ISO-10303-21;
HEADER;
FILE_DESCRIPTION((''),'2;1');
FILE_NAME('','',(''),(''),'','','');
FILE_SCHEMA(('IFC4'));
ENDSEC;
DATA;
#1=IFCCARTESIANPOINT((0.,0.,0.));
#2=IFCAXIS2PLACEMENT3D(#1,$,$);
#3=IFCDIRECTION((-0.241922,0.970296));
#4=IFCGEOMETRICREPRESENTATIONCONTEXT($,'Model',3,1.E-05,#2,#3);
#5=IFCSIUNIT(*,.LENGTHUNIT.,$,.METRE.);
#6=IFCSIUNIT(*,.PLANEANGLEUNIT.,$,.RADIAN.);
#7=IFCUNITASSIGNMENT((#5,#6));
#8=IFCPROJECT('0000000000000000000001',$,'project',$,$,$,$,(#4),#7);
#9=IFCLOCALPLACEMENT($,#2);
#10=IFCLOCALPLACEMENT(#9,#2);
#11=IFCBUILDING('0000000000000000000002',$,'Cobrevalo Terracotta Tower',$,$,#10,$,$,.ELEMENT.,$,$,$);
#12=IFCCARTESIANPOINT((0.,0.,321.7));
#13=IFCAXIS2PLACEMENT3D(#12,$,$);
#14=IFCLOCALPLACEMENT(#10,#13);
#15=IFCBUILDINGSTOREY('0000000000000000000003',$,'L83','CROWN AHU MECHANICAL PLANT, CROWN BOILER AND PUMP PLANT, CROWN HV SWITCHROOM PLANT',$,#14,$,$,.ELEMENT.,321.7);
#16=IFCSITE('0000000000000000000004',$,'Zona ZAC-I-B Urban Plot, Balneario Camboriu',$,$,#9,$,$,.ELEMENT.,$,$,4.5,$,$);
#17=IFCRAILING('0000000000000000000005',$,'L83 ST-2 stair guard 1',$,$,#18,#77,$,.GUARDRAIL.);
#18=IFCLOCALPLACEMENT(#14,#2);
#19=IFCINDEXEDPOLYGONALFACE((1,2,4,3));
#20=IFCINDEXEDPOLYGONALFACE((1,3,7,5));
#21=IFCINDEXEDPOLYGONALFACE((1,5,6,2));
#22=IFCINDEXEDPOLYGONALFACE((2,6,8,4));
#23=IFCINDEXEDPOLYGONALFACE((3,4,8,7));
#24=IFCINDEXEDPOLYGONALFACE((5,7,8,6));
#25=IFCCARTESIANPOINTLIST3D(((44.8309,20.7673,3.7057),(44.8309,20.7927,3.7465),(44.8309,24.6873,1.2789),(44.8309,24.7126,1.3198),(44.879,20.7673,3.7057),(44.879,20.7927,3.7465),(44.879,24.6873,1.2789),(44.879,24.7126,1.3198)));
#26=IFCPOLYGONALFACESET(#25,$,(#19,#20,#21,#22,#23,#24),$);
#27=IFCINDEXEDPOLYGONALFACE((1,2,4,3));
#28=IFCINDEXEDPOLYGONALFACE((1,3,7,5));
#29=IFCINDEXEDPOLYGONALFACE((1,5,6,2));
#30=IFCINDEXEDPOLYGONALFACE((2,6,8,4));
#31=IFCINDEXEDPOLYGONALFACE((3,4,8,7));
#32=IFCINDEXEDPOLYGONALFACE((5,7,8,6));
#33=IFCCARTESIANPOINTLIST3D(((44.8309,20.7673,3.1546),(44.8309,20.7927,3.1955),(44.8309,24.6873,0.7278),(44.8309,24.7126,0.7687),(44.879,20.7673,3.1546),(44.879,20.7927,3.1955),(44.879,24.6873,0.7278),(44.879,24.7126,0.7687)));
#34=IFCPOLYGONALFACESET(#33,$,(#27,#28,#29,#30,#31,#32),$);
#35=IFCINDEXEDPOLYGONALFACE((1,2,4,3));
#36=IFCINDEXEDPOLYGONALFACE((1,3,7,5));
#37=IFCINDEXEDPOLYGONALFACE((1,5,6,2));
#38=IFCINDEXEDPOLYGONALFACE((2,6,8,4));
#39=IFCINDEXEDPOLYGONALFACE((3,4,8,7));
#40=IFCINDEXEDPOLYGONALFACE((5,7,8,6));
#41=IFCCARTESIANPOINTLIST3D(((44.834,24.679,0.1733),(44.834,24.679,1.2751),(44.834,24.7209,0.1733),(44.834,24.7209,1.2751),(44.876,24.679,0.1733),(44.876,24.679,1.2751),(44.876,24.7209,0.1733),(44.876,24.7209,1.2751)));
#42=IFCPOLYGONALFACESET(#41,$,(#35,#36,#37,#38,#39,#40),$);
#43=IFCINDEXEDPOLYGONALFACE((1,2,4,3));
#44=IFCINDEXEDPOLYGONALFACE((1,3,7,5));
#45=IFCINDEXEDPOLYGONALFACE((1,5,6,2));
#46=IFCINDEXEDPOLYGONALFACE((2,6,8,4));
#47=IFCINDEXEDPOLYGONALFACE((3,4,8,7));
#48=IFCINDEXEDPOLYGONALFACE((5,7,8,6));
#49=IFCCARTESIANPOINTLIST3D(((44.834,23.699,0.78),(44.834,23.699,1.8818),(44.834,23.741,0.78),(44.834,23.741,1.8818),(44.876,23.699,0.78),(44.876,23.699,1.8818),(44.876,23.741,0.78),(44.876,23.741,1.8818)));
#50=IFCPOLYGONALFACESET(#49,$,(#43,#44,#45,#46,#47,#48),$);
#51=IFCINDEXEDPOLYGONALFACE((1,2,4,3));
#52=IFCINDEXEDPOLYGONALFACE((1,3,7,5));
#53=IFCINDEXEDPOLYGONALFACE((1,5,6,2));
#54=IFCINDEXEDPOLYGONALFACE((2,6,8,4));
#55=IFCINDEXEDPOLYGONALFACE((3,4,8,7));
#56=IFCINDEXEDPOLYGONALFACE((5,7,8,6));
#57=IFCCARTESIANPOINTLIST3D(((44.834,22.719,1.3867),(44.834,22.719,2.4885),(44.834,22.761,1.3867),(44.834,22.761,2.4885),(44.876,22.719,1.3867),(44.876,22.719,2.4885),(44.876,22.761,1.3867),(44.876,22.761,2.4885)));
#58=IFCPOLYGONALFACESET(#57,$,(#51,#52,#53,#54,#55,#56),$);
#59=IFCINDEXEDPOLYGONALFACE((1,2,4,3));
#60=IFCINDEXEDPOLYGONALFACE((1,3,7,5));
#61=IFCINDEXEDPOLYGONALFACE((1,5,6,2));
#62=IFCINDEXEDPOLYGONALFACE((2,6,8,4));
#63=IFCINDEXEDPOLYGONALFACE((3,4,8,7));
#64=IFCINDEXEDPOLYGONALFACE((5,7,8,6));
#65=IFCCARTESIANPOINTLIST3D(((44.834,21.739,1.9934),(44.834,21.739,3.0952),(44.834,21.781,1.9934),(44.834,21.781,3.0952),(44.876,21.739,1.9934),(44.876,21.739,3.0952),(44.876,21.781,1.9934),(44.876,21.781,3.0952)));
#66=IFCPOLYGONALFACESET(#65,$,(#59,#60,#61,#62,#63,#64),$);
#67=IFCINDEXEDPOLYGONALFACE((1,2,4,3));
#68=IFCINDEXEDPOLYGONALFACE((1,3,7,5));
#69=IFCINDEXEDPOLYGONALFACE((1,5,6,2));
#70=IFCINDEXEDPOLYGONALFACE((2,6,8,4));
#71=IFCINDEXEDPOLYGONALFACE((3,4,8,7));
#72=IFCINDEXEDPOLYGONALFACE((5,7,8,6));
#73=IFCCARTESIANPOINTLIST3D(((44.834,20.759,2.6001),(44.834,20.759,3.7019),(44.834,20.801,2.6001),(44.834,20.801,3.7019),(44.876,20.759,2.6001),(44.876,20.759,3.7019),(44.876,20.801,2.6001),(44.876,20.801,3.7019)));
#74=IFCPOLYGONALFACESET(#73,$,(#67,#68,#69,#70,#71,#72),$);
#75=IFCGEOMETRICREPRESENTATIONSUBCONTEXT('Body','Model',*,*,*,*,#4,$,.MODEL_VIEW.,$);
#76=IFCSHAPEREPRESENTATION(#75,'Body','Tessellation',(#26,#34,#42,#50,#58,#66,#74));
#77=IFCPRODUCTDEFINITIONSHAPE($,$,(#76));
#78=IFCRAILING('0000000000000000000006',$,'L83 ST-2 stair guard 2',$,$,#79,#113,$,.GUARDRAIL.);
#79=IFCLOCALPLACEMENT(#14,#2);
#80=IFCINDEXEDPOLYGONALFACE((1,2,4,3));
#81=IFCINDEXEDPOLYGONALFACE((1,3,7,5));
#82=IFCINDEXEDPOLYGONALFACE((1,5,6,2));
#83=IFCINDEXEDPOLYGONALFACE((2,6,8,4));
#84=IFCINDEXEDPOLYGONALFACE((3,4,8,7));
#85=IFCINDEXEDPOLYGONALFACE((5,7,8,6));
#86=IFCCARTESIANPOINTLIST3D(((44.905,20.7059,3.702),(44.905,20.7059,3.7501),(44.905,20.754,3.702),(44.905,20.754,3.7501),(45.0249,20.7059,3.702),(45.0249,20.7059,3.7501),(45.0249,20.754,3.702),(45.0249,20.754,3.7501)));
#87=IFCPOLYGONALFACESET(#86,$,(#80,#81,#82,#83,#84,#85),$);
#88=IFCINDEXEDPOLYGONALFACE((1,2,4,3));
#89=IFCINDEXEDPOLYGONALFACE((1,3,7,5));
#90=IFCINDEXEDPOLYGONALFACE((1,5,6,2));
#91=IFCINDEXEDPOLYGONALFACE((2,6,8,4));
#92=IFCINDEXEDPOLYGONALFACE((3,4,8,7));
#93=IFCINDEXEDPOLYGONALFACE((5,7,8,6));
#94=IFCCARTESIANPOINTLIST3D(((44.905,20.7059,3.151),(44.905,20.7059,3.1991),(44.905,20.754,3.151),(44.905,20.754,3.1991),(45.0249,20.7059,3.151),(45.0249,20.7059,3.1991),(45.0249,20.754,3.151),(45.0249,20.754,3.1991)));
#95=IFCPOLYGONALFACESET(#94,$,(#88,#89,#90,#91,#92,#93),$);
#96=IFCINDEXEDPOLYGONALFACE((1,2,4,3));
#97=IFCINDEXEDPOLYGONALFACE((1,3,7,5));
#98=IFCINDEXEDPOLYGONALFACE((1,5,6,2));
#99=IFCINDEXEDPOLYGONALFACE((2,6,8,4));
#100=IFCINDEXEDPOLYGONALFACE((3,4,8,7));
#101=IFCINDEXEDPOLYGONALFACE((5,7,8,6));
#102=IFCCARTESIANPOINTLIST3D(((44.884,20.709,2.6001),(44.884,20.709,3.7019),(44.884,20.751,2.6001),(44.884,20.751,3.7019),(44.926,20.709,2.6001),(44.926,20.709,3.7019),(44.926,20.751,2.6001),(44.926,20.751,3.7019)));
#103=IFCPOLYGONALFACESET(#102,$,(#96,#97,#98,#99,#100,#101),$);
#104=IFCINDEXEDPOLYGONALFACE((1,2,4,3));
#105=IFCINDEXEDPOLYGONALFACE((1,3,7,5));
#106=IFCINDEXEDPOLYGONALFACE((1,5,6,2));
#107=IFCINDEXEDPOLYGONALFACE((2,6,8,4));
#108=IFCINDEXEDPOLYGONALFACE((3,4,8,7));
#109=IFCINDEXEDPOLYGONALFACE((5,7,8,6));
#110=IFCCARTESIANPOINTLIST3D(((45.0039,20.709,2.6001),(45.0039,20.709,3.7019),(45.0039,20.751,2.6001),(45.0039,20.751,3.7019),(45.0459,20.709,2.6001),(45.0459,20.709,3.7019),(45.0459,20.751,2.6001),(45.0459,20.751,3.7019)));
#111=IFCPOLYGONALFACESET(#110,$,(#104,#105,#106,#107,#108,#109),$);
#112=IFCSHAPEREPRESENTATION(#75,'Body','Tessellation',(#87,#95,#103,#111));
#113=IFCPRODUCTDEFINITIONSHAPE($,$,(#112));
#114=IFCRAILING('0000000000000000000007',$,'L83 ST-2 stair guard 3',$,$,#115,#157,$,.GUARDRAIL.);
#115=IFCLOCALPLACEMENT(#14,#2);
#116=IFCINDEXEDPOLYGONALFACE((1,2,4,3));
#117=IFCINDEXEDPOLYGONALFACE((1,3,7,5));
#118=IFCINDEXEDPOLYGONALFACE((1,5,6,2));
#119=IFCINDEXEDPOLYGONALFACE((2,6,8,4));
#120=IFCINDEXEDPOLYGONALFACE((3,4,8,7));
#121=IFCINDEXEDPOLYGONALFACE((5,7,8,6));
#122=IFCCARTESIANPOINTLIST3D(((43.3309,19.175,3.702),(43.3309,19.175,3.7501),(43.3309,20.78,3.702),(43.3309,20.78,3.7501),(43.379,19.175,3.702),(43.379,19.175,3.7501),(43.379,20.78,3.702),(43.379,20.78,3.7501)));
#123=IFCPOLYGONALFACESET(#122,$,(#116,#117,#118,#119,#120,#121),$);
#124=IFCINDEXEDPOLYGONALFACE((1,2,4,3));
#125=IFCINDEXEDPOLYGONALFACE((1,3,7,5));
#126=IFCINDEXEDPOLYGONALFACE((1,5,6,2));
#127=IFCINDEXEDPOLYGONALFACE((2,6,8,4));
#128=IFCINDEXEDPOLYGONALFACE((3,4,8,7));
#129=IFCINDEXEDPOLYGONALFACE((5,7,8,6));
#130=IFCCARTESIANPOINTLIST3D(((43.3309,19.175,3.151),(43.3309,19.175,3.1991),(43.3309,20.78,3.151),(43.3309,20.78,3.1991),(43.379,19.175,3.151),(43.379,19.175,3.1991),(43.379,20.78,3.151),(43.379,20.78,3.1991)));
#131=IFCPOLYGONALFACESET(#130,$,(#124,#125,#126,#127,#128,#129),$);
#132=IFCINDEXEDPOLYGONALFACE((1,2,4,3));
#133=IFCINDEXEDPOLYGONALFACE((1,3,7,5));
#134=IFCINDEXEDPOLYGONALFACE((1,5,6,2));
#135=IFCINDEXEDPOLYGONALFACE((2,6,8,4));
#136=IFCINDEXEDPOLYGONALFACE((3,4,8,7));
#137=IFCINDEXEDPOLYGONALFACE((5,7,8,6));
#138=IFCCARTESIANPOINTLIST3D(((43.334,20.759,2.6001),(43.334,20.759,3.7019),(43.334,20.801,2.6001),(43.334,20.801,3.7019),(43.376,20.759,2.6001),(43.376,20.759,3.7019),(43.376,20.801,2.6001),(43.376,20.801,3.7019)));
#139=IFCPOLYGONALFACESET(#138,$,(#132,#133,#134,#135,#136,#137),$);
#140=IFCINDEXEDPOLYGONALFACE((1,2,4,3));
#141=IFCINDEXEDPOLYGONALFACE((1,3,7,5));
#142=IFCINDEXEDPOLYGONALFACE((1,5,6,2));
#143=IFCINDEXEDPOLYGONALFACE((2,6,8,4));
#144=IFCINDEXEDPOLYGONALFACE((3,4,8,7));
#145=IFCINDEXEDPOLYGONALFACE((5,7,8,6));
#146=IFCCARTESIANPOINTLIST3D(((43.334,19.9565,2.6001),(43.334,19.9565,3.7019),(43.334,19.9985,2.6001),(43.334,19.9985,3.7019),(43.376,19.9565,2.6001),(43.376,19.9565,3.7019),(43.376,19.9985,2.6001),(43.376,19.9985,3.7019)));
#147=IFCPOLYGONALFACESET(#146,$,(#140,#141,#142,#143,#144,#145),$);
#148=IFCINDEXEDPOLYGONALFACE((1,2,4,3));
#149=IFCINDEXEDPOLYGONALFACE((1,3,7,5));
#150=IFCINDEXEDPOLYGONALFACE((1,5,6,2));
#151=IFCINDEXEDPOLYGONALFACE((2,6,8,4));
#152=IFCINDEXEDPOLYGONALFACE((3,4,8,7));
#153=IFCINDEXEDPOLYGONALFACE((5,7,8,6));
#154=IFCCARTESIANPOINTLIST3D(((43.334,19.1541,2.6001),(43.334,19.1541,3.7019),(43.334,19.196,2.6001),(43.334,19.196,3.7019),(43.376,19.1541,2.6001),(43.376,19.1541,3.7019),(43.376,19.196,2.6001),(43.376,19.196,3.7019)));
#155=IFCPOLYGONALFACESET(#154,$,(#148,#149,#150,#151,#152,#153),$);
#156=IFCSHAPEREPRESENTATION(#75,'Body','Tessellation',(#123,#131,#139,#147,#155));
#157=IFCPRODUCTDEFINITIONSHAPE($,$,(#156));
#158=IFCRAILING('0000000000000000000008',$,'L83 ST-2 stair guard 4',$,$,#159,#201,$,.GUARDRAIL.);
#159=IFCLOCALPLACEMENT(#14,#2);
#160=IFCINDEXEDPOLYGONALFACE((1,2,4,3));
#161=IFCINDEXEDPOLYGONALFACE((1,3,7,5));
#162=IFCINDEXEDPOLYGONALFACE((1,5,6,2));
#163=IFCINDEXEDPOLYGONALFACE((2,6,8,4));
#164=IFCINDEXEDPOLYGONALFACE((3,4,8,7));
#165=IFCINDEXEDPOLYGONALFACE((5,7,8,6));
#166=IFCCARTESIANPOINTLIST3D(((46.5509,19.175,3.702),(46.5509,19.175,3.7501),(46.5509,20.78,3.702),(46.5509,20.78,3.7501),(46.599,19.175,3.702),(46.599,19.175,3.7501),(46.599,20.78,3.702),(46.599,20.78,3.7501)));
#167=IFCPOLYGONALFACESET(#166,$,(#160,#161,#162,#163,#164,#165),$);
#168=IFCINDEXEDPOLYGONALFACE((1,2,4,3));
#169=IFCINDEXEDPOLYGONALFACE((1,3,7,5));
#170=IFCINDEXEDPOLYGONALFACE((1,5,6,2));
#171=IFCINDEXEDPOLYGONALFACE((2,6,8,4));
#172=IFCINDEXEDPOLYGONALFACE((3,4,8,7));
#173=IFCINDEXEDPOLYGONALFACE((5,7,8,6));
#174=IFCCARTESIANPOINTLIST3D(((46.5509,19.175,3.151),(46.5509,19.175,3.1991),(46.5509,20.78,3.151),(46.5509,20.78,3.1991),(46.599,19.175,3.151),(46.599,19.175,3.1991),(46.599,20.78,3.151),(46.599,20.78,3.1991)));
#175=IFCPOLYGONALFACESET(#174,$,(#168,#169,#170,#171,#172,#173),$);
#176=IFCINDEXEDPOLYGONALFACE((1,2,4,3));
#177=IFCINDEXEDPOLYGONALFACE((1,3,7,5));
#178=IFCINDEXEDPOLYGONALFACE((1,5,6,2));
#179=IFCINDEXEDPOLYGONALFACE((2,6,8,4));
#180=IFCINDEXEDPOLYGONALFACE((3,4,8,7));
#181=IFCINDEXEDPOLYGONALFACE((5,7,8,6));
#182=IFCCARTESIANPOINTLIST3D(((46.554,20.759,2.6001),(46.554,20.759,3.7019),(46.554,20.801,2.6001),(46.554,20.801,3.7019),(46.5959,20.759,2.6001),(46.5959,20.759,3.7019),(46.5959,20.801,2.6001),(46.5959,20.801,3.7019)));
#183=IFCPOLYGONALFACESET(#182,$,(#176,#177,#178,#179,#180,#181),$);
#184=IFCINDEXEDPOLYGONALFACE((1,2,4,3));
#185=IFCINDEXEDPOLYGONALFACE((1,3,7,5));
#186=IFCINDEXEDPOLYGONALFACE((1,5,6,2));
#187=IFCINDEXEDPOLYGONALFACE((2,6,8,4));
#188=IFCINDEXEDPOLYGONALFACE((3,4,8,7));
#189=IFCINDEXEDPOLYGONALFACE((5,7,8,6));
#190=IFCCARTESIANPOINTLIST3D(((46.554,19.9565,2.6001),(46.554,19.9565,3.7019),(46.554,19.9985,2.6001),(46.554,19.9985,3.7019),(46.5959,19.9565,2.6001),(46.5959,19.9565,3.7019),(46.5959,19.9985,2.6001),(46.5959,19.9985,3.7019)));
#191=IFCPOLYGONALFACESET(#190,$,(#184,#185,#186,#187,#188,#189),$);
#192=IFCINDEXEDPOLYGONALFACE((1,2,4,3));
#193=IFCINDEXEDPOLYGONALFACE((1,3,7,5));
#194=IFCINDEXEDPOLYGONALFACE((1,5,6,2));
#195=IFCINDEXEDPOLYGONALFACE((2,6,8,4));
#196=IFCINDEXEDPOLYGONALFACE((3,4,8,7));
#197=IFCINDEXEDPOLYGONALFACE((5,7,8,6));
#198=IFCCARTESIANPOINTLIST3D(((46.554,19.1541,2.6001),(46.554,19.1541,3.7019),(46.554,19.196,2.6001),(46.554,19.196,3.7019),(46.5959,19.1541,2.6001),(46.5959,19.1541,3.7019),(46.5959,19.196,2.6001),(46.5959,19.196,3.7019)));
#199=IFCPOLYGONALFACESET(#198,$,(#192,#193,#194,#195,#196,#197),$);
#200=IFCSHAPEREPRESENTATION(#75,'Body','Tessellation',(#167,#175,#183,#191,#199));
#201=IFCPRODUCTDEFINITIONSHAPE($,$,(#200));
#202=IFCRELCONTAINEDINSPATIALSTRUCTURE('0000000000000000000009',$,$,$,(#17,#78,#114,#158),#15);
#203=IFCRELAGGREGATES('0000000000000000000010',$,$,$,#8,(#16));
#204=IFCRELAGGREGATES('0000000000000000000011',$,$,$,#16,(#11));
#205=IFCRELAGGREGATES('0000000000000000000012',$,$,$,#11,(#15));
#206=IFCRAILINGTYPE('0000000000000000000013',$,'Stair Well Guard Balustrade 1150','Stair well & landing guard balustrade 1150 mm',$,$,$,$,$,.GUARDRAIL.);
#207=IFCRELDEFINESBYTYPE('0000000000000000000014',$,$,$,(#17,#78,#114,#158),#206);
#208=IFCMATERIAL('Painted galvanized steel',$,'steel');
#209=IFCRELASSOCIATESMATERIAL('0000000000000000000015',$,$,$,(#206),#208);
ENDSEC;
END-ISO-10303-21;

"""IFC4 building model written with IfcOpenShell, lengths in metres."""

from ifc_helpers import new_model, si_unit, direction, frame, origin, origin_2d, place, context, subcontext, project, spatial, rectangle, extrude, material, type_object, element, save


model = new_model("IFC4")

# Units and contexts
model_context = context("Model", 3, precision=1e-05, world=origin(), true_north=direction((-0.241922, 0.970296)))
body_context = subcontext(model_context, "Body", "Model", "MODEL_VIEW")
ifc_project = project(units=[si_unit("LENGTHUNIT", "METRE"), si_unit("PLANEANGLEUNIT", "RADIAN")], contexts=[model_context])

# Site, building, storey
site_placement = place(None, origin())
site = spatial("IfcSite", under=ifc_project, at=site_placement, Name="Zona ZAC-I-B Urban Plot, Balneario Camboriu", CompositionType="ELEMENT", RefElevation=4.5)
building_placement = place(site_placement, origin())
building = spatial("IfcBuilding", under=site, at=building_placement, Name="Cobrevalo Terracotta Tower", CompositionType="ELEMENT")
storey_placement = place(building_placement, frame((0.0, 0.0, 321.7)))
storey = spatial("IfcBuildingStorey", under=building, at=storey_placement, Name="L83", Description="CROWN AHU MECHANICAL PLANT, CROWN BOILER AND PUMP PLANT, CROWN HV SWITCHROOM PLANT", CompositionType="ELEMENT", Elevation=321.7)

# Railings
ifc_material_1 = material(Name="Painted galvanized steel", Category="steel")
railing_type_1 = type_object("IfcRailingType", Name="Stair Well Guard Balustrade 1150", Description="Stair well & landing guard balustrade 1150 mm", PredefinedType="GUARDRAIL", material=ifc_material_1)
railing_1_placement = place(storey_placement, frame((44.855, 24.7, 0.1733)))
element("IfcRailing", 1, at=railing_1_placement, inside=storey, type_object=railing_type_1, Name="L83 ST-2 stair guard 1", PredefinedType="GUARDRAIL", context=body_context, shape_type="SweptSolid", body=[
    extrude(rectangle(XDim=0.0481, YDim=0.0481, at=origin_2d()), frame((0.0, 0.0, 1.126), z_axis=(0.0, -0.850252, 0.526376), x_axis=(1.0, 0.0, 0.0)), (0.0, 0.0, 1.0), 4.6104),
    extrude(rectangle(XDim=0.0481, YDim=0.0481, at=origin_2d()), frame((0.0, 0.0, 0.575), z_axis=(0.0, -0.850252, 0.526376), x_axis=(1.0, 0.0, 0.0)), (0.0, 0.0, 1.0), 4.6104),
    extrude(rectangle(XDim=0.042, YDim=0.042, at=origin_2d()), origin(), (0.0, 0.0, 1.0), 1.1018),
    extrude(rectangle(XDim=0.042, YDim=0.042, at=origin_2d()), frame((0.0, -0.98, 0.6067)), (0.0, 0.0, 1.0), 1.1018),
    extrude(rectangle(XDim=0.042, YDim=0.042, at=origin_2d()), frame((0.0, -1.96, 1.2134)), (0.0, 0.0, 1.0), 1.1018),
    extrude(rectangle(XDim=0.042, YDim=0.042, at=origin_2d()), frame((0.0, -2.9399, 1.8201)), (0.0, 0.0, 1.0), 1.1018),
    extrude(rectangle(XDim=0.042, YDim=0.042, at=origin_2d()), frame((0.0, -3.9199, 2.4268)), (0.0, 0.0, 1.0), 1.1018),
])
railing_2_placement = place(storey_placement, frame((44.905, 20.73, 2.6001)))
element("IfcRailing", 2, at=railing_2_placement, inside=storey, type_object=railing_type_1, Name="L83 ST-2 stair guard 2", PredefinedType="GUARDRAIL", context=body_context, shape_type="SweptSolid", body=[
    extrude(rectangle(XDim=0.0481, YDim=0.0481, at=origin_2d()), frame((0.0, 0.0, 1.126), z_axis=(1.0, 0.0, 0.0), x_axis=(0.0, 1.0, 0.0)), (0.0, 0.0, 1.0), 0.1199),
    extrude(rectangle(XDim=0.0481, YDim=0.0481, at=origin_2d()), frame((0.0, 0.0, 0.575), z_axis=(1.0, 0.0, 0.0), x_axis=(0.0, 1.0, 0.0)), (0.0, 0.0, 1.0), 0.1199),
    extrude(rectangle(XDim=0.042, YDim=0.042, at=origin_2d()), origin(), (0.0, 0.0, 1.0), 1.1018),
    extrude(rectangle(XDim=0.042, YDim=0.042, at=origin_2d()), frame((0.1199, 0.0, 0.0)), (0.0, 0.0, 1.0), 1.1018),
])
for number, where, name in (
    (3, (43.355, 20.78, 2.6001), "L83 ST-2 stair guard 3"),
    (4, (46.575, 20.78, 2.6001), "L83 ST-2 stair guard 4"),
):
    element("IfcRailing", number, at=place(storey_placement, frame(where)), inside=storey, type_object=railing_type_1, Name=name, PredefinedType="GUARDRAIL", context=body_context, shape_type="SweptSolid", body=[
        extrude(rectangle(XDim=0.0481, YDim=0.0481, at=origin_2d()), frame((0.0, 0.0, 1.126), z_axis=(0.0, -1.0, 0.0), x_axis=(1.0, 0.0, 0.0)), (0.0, 0.0, 1.0), 1.605),
        extrude(rectangle(XDim=0.0481, YDim=0.0481, at=origin_2d()), frame((0.0, 0.0, 0.575), z_axis=(0.0, -1.0, 0.0), x_axis=(1.0, 0.0, 0.0)), (0.0, 0.0, 1.0), 1.605),
        extrude(rectangle(XDim=0.042, YDim=0.042, at=origin_2d()), origin(), (0.0, 0.0, 1.0), 1.1018),
        extrude(rectangle(XDim=0.042, YDim=0.042, at=origin_2d()), frame((0.0, -0.8025, 0.0)), (0.0, 0.0, 1.0), 1.1018),
        extrude(rectangle(XDim=0.042, YDim=0.042, at=origin_2d()), frame((0.0, -1.605, 0.0)), (0.0, 0.0, 1.0), 1.1018),
    ])

save(model, "model.ifc")
